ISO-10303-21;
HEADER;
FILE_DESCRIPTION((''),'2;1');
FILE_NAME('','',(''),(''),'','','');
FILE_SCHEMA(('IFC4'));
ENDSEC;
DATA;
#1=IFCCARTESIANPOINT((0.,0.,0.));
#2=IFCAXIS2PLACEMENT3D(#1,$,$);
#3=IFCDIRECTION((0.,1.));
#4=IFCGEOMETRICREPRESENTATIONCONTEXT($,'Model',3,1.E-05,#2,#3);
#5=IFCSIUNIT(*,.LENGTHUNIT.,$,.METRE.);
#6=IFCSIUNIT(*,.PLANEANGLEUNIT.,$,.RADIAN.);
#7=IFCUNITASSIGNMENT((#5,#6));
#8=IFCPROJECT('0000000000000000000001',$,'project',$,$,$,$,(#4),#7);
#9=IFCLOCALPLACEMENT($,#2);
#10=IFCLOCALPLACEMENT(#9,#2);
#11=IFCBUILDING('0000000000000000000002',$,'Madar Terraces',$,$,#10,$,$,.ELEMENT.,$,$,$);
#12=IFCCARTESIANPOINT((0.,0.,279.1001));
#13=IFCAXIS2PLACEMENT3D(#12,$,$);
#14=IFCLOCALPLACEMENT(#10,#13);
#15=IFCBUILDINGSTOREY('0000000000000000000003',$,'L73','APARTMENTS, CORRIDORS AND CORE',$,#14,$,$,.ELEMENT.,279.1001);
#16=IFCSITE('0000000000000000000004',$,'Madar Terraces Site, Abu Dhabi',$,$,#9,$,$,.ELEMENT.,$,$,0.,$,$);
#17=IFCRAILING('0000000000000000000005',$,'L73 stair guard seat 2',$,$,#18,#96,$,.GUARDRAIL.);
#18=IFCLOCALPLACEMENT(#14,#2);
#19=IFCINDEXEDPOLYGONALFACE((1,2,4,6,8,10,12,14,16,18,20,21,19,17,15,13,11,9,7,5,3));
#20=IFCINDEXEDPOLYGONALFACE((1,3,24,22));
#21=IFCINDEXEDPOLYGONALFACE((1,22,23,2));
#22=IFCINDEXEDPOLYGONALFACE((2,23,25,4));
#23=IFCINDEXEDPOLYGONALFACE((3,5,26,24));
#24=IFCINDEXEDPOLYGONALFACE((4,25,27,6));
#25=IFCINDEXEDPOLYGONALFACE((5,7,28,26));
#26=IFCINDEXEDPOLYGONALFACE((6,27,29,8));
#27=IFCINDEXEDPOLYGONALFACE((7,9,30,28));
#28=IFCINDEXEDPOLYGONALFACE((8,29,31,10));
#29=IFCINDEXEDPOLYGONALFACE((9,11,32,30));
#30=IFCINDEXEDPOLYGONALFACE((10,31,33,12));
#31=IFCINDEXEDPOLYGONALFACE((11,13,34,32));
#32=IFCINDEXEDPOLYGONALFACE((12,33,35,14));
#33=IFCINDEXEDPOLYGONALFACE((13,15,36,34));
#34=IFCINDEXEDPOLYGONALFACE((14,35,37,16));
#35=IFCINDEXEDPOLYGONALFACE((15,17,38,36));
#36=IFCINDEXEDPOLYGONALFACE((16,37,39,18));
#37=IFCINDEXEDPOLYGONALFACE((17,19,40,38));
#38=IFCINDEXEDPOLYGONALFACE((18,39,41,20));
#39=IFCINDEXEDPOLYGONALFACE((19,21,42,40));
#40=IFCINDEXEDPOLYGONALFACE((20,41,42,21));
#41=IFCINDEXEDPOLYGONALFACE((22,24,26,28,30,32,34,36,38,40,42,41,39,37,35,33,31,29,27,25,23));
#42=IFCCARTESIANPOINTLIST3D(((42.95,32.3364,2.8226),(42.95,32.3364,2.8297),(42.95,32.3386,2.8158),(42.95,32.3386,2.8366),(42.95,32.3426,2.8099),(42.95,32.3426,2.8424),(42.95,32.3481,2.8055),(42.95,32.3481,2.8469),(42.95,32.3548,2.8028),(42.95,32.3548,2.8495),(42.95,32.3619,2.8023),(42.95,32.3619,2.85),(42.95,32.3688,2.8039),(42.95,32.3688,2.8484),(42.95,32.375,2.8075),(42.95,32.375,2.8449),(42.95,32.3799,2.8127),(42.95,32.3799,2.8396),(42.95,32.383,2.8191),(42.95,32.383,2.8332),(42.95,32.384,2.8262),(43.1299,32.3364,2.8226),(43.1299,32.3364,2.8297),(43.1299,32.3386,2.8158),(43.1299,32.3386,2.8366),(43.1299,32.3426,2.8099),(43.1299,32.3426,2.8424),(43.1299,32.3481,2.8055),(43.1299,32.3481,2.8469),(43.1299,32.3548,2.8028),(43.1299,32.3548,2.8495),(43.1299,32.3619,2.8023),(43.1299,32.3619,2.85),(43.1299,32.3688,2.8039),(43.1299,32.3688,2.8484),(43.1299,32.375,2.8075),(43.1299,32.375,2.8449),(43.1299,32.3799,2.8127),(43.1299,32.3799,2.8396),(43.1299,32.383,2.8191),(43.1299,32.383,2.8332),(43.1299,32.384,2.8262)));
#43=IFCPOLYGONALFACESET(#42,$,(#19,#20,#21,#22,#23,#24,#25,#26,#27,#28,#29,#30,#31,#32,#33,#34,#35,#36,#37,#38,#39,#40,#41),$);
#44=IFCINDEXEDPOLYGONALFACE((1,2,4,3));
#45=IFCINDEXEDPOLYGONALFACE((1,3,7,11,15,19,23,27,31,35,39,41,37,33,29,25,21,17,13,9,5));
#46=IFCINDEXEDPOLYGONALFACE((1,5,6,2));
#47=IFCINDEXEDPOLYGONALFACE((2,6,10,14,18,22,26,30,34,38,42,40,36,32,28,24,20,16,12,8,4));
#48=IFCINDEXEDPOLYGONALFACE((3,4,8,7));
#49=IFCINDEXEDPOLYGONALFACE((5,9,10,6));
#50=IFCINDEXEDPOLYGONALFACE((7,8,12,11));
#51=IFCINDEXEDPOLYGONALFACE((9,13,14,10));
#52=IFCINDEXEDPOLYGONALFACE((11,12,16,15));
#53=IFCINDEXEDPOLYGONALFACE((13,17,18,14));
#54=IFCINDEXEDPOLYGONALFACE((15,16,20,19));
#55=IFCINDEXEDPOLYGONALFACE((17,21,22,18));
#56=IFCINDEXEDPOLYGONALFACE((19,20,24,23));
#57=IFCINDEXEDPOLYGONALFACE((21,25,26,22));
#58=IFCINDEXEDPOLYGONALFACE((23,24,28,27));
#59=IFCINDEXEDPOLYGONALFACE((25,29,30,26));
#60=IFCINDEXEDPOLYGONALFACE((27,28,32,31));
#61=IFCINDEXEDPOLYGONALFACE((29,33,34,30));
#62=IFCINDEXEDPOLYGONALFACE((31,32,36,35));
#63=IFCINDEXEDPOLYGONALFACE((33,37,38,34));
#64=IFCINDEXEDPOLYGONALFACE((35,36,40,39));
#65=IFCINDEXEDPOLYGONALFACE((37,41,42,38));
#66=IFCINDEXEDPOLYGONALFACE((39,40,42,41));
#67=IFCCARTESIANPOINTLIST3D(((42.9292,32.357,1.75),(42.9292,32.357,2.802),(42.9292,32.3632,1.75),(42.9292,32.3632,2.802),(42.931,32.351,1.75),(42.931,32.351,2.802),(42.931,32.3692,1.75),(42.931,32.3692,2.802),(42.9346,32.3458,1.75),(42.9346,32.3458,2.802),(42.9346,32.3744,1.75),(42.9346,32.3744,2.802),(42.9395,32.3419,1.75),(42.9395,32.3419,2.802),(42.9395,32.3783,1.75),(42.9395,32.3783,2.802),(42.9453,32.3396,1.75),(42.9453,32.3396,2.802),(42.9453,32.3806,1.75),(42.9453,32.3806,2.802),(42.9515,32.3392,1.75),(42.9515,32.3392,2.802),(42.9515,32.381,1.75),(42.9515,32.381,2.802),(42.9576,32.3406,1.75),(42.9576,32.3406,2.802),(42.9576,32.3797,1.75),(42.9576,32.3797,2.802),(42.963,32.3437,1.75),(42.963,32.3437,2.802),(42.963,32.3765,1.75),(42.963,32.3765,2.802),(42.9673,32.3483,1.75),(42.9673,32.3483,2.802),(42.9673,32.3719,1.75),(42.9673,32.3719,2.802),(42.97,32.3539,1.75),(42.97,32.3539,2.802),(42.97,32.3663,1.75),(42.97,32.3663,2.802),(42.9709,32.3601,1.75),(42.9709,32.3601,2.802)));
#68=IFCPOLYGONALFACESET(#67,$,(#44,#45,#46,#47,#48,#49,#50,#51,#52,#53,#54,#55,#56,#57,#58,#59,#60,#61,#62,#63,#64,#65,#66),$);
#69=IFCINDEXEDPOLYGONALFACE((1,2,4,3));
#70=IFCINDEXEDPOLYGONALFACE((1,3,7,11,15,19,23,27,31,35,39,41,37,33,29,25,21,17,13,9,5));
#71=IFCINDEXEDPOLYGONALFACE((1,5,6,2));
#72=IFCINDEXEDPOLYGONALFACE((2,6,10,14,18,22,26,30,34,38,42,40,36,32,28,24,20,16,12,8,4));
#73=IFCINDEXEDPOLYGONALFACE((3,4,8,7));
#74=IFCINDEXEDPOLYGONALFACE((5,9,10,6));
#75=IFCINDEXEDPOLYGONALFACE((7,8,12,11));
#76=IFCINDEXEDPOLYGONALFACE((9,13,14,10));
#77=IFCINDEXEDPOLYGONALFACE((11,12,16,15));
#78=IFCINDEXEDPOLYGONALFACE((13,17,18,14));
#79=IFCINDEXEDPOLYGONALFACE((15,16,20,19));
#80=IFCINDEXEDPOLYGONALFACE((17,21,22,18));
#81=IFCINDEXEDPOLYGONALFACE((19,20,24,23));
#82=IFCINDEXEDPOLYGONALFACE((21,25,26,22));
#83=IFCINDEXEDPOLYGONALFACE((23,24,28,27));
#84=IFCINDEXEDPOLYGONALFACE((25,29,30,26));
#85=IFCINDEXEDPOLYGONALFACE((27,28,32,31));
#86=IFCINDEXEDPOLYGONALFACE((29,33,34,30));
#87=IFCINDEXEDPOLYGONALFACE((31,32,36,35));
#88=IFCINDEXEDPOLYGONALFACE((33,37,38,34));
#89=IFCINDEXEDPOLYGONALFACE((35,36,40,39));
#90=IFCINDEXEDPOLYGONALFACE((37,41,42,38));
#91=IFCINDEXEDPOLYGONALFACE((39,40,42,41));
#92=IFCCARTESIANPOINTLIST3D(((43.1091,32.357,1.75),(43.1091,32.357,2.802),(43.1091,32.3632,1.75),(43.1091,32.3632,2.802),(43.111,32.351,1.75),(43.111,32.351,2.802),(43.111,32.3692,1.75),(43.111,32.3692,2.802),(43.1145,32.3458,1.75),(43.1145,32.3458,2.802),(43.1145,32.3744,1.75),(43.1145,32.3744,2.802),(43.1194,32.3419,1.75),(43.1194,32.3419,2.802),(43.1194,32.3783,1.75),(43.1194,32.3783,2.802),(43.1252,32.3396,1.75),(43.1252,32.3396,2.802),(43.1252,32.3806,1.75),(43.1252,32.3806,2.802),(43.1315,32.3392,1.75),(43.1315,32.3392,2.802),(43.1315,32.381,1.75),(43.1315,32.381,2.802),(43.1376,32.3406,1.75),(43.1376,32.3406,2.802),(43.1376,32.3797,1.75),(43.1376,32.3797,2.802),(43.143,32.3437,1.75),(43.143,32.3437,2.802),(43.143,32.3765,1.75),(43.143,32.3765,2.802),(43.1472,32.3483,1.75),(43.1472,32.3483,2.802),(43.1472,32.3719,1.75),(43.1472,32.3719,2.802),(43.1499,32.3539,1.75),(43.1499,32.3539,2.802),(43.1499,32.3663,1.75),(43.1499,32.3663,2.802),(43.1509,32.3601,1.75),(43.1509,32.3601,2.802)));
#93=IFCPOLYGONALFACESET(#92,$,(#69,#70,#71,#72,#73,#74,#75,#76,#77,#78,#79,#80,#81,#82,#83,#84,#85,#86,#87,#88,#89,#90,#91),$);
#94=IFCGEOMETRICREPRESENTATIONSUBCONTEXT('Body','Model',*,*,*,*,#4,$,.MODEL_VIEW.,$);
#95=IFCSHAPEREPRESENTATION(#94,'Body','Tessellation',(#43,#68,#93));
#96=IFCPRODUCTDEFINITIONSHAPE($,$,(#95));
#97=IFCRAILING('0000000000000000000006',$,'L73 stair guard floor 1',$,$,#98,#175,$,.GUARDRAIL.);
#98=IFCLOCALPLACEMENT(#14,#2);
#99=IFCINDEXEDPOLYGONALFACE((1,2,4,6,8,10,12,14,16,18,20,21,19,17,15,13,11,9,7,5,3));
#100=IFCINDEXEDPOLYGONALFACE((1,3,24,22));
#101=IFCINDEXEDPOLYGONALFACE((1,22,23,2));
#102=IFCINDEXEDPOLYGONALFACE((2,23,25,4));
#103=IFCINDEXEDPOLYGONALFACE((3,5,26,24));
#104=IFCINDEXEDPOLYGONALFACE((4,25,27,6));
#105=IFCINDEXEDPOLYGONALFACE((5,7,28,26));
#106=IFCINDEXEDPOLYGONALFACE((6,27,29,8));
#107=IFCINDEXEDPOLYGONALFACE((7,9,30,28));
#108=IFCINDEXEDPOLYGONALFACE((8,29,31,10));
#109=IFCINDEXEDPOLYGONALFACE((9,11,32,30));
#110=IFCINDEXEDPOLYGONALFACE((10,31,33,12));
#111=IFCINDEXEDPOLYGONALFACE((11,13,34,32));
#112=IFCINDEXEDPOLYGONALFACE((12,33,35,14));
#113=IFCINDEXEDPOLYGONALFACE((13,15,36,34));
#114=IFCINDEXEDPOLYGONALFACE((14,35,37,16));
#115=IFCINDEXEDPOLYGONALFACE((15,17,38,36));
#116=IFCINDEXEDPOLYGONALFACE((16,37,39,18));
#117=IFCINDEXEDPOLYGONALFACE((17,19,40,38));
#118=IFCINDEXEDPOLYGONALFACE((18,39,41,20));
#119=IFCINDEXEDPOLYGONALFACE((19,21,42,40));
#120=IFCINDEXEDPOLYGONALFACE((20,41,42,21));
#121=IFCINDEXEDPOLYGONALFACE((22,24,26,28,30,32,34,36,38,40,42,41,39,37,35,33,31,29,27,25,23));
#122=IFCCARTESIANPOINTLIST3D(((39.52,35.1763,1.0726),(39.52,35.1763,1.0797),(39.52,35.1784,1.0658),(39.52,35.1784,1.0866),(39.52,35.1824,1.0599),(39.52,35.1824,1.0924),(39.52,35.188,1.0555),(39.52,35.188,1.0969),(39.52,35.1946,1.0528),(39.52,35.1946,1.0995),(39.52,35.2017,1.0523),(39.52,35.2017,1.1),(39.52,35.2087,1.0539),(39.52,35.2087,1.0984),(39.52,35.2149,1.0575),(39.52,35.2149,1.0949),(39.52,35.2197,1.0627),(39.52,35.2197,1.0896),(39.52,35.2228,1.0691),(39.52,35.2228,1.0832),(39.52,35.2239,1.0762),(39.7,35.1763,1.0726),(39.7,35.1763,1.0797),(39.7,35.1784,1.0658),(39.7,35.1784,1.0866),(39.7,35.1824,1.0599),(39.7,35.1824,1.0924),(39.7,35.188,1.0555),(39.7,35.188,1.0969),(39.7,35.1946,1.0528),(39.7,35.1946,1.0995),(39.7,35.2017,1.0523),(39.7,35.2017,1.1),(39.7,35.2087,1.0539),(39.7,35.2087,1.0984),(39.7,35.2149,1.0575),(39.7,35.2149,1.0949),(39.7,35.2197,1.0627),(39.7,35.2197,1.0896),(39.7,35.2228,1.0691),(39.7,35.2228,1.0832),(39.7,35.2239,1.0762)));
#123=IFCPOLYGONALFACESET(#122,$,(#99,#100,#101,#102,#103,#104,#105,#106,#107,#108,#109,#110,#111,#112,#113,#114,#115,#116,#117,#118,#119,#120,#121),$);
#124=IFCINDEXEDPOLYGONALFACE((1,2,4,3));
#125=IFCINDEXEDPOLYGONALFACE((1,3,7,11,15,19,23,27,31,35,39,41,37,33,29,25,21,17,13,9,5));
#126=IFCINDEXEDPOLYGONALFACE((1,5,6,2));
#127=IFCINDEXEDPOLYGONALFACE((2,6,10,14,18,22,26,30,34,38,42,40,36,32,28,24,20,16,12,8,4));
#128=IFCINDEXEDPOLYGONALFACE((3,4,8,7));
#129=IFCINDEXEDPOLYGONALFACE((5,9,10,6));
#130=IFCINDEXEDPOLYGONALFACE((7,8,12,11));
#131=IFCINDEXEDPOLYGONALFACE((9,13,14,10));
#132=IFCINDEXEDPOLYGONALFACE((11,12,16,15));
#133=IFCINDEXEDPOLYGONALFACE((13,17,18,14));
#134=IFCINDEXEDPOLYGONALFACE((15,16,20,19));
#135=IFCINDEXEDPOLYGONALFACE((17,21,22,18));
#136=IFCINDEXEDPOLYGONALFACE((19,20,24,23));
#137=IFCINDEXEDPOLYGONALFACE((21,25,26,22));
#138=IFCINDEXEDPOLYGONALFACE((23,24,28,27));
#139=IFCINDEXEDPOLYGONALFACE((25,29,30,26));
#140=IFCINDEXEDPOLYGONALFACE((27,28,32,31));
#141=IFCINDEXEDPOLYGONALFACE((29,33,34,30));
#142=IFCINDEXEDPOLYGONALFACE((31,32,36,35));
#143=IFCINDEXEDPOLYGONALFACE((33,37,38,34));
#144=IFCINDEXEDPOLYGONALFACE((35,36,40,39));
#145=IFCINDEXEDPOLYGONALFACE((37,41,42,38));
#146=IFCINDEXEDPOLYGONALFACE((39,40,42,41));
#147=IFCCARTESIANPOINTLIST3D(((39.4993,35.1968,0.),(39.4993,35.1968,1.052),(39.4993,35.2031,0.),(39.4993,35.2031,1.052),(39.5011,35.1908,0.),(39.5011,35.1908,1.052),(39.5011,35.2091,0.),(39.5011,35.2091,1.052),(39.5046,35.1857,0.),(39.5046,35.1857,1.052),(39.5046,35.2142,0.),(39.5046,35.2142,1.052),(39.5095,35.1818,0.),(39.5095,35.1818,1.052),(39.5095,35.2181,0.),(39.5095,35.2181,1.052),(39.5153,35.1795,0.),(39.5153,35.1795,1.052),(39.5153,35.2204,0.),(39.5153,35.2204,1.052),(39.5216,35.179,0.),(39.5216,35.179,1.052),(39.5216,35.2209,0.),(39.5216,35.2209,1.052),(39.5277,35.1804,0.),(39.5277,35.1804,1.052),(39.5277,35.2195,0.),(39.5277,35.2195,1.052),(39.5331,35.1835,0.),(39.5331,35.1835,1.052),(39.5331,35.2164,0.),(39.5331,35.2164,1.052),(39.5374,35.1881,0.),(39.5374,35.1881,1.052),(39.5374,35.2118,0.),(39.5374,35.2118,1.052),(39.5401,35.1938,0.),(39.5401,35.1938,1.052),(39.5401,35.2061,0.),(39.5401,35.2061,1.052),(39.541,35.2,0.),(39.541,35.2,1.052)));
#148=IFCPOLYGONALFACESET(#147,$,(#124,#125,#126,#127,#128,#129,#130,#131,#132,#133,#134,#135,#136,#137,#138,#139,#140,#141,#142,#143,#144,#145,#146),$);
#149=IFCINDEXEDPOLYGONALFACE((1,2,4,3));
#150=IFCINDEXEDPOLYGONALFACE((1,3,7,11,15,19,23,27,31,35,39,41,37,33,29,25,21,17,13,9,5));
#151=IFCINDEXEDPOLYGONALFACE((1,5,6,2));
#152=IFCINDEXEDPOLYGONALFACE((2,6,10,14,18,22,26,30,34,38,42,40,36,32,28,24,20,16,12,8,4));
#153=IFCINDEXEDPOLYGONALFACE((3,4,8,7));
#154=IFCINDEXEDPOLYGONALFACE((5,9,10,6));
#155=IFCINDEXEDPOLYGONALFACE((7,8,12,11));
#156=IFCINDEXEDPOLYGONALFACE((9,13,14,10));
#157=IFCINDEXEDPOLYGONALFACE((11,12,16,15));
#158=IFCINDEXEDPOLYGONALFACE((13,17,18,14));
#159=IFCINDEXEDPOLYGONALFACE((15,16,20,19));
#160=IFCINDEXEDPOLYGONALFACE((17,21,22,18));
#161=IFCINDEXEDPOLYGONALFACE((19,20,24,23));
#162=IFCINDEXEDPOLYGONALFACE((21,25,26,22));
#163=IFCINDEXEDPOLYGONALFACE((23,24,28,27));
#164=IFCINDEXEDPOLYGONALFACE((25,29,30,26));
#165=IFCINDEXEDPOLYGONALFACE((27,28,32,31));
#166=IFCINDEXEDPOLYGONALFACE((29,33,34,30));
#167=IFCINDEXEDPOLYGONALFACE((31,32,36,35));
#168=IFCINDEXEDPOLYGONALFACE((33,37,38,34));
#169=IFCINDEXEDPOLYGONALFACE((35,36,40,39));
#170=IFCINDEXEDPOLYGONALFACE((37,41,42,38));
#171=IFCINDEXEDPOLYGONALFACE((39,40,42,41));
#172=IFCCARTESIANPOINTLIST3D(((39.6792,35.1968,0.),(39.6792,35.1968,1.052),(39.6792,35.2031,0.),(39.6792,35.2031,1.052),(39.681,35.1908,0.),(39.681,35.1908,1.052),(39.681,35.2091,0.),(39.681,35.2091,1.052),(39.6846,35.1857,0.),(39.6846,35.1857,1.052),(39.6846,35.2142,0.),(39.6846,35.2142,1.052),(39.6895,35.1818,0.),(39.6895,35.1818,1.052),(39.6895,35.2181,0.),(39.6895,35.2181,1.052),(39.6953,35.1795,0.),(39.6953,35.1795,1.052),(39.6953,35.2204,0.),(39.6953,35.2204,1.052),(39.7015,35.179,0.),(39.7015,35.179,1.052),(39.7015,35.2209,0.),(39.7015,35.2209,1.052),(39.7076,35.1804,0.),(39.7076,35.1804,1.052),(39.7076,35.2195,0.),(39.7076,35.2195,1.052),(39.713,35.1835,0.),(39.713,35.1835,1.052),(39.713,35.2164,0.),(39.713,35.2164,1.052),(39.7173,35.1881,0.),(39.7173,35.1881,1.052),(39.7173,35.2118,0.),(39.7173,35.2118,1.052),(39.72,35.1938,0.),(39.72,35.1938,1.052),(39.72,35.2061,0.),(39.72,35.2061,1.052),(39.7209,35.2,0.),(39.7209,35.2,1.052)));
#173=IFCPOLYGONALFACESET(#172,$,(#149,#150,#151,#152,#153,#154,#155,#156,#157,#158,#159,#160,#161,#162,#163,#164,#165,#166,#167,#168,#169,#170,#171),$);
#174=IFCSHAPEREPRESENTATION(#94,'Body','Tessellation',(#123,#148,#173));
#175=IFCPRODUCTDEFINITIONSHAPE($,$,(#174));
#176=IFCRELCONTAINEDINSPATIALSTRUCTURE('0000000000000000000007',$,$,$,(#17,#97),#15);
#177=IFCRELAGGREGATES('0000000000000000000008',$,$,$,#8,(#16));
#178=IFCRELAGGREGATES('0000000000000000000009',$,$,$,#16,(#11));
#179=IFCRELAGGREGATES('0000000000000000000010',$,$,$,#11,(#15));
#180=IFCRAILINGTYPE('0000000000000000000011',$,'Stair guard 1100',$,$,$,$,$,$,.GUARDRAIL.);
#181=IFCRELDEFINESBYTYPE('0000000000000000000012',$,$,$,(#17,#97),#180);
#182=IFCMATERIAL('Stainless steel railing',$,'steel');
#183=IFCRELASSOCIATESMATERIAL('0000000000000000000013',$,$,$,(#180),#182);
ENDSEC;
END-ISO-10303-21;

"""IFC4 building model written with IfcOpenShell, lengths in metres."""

from ifc_helpers import new_model, si_unit, direction, frame, origin, origin_2d, place, context, subcontext, project, spatial, circle, extrude, material, type_object, element, save


model = new_model("IFC4")

# Units and contexts
model_context = context("Model", 3, precision=1e-05, world=origin(), true_north=direction((0.0, 1.0)))
body_context = subcontext(model_context, "Body", "Model", "MODEL_VIEW")
ifc_project = project(units=[si_unit("LENGTHUNIT", "METRE"), si_unit("PLANEANGLEUNIT", "RADIAN")], contexts=[model_context])

# Site, building, storey
site_placement = place(None, origin())
site = spatial("IfcSite", under=ifc_project, at=site_placement, Name="Madar Terraces Site, Abu Dhabi", CompositionType="ELEMENT", RefElevation=0.0)
building_placement = place(site_placement, origin())
building = spatial("IfcBuilding", under=site, at=building_placement, Name="Madar Terraces", CompositionType="ELEMENT")
storey_placement = place(building_placement, frame((0.0, 0.0, 279.1001)))
storey = spatial("IfcBuildingStorey", under=building, at=storey_placement, Name="L73", Description="APARTMENTS, CORRIDORS AND CORE", CompositionType="ELEMENT", Elevation=279.1001)

# Railings
ifc_material_1 = material(Name="Stainless steel railing", Category="steel")
railing_type_1 = type_object("IfcRailingType", Name="Stair guard 1100", PredefinedType="GUARDRAIL", material=ifc_material_1)
for number, where, name in (
    (1, (42.95, 32.3601, 1.75), "L73 stair guard seat 2"),
    (2, (39.52, 35.2, 0.0), "L73 stair guard floor 1"),
):
    element("IfcRailing", number, at=place(storey_placement, frame(where)), inside=storey, type_object=railing_type_1, Name=name, PredefinedType="GUARDRAIL", context=body_context, shape_type="SweptSolid", body=[
        extrude(circle(Radius=0.0239, at=origin_2d()), frame((0.0, 0.0, 1.0762), z_axis=(1.0, 0.0, 0.0), x_axis=(0.0, 1.0, 0.0)), (0.0, 0.0, 1.0), 0.1799),
        extrude(circle(Radius=0.021, at=origin_2d()), origin(), (0.0, 0.0, 1.0), 1.052),
        extrude(circle(Radius=0.021, at=origin_2d()), frame((0.1799, 0.0, 0.0)), (0.0, 0.0, 1.0), 1.052),
    ])

save(model, "model.ifc")
